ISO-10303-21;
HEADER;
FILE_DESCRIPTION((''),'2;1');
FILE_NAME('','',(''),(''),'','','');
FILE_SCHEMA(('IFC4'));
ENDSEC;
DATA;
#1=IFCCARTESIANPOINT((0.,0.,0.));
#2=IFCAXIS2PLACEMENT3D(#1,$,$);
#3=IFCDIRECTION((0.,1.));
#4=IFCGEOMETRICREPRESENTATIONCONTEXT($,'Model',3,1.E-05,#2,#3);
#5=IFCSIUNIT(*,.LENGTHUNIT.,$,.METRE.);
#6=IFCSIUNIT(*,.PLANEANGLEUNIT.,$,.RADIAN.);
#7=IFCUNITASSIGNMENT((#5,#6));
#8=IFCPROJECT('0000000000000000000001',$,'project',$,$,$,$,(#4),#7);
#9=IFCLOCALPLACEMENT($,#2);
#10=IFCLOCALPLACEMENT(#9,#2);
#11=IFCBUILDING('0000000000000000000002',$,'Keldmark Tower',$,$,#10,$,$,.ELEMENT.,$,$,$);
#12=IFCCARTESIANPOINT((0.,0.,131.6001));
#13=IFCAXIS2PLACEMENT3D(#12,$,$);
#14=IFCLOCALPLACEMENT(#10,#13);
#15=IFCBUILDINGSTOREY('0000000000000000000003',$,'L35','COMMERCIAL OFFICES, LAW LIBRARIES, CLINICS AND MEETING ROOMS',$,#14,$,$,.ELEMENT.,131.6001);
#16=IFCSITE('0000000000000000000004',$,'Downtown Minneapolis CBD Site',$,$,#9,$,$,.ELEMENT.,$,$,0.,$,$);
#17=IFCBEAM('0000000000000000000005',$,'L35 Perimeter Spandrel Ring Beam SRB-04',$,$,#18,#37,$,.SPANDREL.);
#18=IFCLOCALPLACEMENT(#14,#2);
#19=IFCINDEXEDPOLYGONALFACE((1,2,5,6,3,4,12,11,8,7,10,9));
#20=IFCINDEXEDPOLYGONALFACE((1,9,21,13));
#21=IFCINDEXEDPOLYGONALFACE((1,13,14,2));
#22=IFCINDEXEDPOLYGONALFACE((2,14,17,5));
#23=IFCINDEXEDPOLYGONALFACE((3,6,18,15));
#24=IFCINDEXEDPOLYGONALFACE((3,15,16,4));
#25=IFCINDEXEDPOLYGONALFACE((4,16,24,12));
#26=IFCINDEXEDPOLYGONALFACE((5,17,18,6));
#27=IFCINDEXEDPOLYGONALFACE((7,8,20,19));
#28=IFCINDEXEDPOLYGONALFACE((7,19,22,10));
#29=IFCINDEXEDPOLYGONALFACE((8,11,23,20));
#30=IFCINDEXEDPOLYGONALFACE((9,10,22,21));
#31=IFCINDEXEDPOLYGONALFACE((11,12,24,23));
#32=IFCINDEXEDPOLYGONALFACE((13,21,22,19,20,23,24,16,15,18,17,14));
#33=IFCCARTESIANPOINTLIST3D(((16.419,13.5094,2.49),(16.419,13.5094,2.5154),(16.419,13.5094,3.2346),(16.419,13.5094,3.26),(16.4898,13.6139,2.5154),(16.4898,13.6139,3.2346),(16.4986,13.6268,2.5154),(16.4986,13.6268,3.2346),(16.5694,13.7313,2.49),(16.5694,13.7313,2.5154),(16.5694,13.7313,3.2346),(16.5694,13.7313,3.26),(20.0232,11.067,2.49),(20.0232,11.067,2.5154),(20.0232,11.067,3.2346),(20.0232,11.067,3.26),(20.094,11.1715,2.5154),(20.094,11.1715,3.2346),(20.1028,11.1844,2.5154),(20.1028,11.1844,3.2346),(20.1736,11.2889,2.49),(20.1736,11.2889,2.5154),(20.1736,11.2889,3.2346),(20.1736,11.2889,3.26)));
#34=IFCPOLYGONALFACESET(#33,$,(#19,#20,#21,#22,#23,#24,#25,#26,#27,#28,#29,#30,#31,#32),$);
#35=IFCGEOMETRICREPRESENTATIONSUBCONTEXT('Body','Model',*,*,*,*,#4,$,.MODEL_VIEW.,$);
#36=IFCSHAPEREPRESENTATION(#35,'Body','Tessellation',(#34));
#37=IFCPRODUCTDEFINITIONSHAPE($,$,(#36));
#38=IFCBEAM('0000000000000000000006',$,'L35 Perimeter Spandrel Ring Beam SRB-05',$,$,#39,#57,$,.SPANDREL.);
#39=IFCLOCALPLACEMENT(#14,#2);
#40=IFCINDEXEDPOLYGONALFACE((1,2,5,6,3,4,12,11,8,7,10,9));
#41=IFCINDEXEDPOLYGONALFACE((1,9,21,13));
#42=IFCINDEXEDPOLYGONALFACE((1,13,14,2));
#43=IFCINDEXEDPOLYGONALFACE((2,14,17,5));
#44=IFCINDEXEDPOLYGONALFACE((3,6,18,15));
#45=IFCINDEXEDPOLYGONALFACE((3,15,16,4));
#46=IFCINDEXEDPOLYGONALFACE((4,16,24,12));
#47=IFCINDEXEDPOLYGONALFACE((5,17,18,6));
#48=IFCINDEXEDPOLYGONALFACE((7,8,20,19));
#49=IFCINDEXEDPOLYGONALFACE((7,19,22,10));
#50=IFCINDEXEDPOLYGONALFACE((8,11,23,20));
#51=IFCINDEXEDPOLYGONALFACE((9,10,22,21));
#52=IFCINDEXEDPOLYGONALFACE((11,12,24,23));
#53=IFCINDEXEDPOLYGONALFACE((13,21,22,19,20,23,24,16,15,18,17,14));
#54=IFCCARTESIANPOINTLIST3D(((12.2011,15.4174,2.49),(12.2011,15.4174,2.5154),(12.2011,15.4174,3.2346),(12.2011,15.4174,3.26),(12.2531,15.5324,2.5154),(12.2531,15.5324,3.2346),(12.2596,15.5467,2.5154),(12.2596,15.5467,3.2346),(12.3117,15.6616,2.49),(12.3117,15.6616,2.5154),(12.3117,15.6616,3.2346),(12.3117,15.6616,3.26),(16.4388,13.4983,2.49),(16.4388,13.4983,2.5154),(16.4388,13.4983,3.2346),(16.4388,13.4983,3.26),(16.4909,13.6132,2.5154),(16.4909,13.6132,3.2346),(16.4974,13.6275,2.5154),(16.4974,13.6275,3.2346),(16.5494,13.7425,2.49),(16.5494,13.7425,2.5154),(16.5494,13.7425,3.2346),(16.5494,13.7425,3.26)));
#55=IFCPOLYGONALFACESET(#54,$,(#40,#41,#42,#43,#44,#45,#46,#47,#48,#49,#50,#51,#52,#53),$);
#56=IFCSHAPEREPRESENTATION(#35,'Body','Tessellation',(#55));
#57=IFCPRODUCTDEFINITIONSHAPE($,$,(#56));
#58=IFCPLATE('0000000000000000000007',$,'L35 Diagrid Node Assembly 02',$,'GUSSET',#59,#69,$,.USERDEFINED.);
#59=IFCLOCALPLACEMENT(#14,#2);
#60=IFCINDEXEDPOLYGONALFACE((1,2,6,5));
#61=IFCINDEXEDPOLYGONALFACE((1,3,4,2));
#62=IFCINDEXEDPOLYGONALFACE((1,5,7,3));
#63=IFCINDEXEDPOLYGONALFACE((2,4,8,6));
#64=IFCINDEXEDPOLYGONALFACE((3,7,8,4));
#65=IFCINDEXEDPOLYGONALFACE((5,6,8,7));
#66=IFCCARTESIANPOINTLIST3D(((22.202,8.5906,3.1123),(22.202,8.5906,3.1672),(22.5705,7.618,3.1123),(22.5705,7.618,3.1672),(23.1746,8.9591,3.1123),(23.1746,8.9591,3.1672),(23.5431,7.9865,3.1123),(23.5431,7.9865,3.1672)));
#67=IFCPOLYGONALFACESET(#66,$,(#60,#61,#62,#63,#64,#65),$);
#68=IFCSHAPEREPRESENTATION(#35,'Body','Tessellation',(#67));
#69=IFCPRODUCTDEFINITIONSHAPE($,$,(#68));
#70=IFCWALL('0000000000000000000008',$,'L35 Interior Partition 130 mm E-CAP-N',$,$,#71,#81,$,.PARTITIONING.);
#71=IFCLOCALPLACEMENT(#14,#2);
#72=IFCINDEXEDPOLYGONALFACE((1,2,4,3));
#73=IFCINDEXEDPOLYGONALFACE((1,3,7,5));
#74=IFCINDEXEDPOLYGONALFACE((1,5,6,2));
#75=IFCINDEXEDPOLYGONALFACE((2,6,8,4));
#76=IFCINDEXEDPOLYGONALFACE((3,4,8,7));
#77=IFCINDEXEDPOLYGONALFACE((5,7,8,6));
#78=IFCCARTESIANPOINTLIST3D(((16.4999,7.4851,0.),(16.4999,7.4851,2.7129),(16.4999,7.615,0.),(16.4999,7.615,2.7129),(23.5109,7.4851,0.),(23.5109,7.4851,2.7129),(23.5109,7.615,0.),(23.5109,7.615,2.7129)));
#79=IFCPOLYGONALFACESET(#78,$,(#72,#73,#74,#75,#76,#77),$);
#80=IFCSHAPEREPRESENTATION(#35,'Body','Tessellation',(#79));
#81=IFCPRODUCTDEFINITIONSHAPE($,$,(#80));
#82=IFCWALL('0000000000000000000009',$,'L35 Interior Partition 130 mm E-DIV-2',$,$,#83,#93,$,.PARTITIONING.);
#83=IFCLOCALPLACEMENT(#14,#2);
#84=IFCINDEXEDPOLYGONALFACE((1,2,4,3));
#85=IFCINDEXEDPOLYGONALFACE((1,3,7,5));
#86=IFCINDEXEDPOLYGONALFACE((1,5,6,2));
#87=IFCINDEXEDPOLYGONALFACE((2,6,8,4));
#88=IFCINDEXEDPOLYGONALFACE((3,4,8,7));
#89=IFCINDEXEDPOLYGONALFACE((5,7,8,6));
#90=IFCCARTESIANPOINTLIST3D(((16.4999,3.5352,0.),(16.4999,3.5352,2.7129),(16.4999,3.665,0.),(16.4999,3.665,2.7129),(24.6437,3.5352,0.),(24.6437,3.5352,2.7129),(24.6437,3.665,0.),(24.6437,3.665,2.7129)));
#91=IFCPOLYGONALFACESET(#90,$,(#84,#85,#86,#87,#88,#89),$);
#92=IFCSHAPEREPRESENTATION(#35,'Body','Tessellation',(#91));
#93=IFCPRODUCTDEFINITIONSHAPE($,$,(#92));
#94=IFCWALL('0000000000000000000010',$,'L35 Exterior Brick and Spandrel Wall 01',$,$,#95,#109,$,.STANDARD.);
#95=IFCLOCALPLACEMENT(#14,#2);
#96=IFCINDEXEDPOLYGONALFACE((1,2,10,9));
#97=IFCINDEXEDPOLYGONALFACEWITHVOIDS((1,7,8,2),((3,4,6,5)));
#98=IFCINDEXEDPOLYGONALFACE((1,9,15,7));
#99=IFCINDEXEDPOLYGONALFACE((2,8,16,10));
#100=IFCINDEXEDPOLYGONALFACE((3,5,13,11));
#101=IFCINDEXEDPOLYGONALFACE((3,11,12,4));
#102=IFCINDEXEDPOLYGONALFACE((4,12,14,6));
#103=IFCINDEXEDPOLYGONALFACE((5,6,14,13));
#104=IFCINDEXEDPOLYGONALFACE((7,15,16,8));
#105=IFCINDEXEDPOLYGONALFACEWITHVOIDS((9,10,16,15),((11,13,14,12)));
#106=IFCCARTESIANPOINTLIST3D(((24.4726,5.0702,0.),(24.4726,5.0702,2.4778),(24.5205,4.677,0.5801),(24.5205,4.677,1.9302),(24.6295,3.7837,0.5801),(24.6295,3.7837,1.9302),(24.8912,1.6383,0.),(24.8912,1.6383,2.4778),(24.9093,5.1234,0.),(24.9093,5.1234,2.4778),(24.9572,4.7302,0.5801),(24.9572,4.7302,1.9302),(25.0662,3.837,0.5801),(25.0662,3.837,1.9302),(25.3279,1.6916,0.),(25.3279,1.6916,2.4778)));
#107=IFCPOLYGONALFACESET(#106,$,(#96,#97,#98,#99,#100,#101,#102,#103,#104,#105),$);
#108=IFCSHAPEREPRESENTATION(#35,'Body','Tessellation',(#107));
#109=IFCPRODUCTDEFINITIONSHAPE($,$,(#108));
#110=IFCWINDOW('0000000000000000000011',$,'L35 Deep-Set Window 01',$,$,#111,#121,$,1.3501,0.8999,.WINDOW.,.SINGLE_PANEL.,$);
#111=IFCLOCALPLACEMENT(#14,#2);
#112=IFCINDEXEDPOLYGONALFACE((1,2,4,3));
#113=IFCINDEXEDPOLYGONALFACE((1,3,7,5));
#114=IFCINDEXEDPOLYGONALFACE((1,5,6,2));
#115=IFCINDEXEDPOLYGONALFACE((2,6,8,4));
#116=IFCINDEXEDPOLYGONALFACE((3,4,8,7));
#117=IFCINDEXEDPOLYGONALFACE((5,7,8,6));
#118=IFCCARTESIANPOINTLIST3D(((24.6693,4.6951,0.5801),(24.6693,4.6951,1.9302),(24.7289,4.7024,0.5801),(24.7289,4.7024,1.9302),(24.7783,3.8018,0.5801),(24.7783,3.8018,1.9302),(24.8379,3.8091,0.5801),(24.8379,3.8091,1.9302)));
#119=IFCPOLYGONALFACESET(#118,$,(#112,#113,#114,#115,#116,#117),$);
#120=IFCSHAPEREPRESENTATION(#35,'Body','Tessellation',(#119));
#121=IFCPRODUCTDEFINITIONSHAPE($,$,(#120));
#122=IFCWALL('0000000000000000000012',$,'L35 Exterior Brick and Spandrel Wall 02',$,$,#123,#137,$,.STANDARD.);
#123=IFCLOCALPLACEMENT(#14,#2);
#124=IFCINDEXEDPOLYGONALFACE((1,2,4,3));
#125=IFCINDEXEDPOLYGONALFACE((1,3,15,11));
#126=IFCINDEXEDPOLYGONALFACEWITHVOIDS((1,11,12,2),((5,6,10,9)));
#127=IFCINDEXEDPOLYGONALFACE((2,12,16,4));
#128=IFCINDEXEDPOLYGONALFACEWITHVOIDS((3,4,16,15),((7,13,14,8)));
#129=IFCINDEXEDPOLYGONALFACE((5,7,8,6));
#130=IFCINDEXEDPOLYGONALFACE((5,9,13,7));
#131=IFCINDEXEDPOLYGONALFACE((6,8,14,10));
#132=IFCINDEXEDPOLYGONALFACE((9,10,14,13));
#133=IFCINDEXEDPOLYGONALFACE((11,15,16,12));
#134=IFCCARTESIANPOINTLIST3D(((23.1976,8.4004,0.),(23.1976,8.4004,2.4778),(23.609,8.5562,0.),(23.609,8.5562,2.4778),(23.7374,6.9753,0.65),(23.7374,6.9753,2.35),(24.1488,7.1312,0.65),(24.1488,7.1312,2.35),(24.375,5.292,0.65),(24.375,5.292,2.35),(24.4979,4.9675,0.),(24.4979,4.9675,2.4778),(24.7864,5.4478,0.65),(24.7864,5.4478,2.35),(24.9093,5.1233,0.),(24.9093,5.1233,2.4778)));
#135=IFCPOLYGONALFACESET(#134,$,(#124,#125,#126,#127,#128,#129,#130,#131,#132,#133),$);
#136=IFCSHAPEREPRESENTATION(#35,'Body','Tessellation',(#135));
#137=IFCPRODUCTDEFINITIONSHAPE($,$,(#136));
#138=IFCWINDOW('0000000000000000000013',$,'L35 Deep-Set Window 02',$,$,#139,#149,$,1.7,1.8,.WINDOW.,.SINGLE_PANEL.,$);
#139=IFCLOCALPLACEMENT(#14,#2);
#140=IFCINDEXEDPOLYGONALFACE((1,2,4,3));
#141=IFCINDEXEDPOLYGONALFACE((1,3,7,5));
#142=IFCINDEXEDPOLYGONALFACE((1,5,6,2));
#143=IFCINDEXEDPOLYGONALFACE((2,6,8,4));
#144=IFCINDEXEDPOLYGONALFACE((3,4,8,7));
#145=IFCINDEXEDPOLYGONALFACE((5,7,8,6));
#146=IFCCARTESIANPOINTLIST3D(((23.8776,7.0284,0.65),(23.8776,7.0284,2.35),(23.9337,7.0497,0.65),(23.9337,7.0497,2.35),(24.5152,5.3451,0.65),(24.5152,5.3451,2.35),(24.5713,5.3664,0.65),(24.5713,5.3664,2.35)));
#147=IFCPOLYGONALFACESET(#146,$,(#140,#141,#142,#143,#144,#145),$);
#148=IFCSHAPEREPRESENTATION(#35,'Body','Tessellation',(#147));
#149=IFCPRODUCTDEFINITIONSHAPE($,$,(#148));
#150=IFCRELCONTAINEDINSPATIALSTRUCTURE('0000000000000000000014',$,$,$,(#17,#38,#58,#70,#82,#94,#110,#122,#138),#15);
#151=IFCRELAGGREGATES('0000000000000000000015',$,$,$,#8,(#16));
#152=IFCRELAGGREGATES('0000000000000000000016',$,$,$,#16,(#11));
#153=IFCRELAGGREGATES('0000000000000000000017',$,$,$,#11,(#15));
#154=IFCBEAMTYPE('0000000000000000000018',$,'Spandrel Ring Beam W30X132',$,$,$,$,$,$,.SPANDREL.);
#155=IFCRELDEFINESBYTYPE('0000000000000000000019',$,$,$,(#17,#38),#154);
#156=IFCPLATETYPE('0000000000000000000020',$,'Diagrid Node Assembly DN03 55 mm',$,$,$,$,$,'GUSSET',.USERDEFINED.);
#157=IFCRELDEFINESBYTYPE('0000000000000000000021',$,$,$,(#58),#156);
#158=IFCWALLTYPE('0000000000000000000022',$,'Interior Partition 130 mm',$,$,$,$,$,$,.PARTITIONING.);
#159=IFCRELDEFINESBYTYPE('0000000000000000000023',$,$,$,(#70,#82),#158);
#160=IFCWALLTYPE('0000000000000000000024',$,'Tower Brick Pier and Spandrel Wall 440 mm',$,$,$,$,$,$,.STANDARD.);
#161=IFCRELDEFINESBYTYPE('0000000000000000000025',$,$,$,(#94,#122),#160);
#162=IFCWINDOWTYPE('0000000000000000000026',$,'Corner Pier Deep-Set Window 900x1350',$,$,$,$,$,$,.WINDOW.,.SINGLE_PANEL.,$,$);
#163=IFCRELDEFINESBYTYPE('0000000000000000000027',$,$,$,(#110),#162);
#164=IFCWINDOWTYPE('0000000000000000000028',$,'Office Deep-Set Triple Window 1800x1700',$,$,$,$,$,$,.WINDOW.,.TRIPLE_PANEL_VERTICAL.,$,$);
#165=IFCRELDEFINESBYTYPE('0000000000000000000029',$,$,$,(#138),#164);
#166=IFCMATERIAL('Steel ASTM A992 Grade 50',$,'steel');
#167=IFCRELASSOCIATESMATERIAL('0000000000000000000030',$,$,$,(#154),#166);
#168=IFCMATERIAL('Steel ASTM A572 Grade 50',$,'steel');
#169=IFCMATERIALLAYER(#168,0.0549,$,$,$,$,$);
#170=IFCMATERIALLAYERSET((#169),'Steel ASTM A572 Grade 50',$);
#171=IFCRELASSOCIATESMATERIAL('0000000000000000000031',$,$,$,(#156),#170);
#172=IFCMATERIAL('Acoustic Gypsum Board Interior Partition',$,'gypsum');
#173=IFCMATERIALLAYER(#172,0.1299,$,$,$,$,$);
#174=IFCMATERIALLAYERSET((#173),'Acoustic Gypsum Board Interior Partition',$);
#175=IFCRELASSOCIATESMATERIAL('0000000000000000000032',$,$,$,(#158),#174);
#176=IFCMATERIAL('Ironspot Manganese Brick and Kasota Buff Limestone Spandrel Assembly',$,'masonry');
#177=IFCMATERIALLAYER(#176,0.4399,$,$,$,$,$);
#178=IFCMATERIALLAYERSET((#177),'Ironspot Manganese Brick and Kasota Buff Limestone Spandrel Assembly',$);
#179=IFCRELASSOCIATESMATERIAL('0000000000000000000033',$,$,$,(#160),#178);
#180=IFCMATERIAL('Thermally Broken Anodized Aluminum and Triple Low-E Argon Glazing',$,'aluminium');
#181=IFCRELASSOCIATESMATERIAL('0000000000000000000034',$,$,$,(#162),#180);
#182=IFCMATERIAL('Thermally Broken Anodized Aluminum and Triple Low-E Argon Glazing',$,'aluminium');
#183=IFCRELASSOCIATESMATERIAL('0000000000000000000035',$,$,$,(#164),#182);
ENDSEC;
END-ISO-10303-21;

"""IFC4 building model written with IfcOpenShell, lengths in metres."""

from ifc_helpers import new_model, si_unit, direction, frame, frame_2d, origin, origin_2d, place, context, subcontext, project, spatial, rectangle, i_section, extrude, material, layer, layer_set, material_profile, profile_set, type_object, element, fill, save


model = new_model("IFC4")

# Units and contexts
model_context = context("Model", 3, precision=1e-05, world=origin(), true_north=direction((0.0, 1.0)))
body_context = subcontext(model_context, "Body", "Model", "MODEL_VIEW")
ifc_project = project(units=[si_unit("LENGTHUNIT", "METRE"), si_unit("PLANEANGLEUNIT", "RADIAN")], contexts=[model_context])

# Site, building, storey
site_placement = place(None, origin())
site = spatial("IfcSite", under=ifc_project, at=site_placement, Name="Downtown Minneapolis CBD Site", CompositionType="ELEMENT", RefElevation=0.0)
building_placement = place(site_placement, origin())
building = spatial("IfcBuilding", under=site, at=building_placement, Name="Keldmark Tower", CompositionType="ELEMENT")
storey_placement = place(building_placement, frame((0.0, 0.0, 131.6001)))
storey = spatial("IfcBuildingStorey", under=building, at=storey_placement, Name="L35", Description="COMMERCIAL OFFICES, LAW LIBRARIES, CLINICS AND MEETING ROOMS", CompositionType="ELEMENT", Elevation=131.6001)

# Beams
ifc_material_1 = material(Name="Steel ASTM A992 Grade 50", Category="steel")
ifc_material_profile_1 = material_profile(ifc_material_1, i_section(OverallWidth=0.2681, OverallDepth=0.77, WebThickness=0.0156, FlangeThickness=0.0254, at=origin_2d()), Name="W30X132")
ifc_profile_set_1 = profile_set([ifc_material_profile_1], Name="Steel ASTM A992 Grade 50")
beam_type_1 = type_object("IfcBeamType", Name="Spandrel Ring Beam W30X132", PredefinedType="SPANDREL", material=ifc_profile_set_1)
beam_1_placement = place(storey_placement, frame((20.0984, 11.178, 2.875), z_axis=(-0.827834, 0.560973, 0.0), x_axis=(-0.560973, -0.827834, 0.0)))
element("IfcBeam", 1, at=beam_1_placement, inside=storey, type_object=beam_type_1, Name="L35 Perimeter Spandrel Ring Beam SRB-04", PredefinedType="SPANDREL", context=body_context, shape_type="SweptSolid", body=[
    extrude(i_section(OverallWidth=0.2681, OverallDepth=0.77, WebThickness=0.0156, FlangeThickness=0.0254, at=origin_2d()), origin(), (0.0, 0.0, 1.0), 4.3538),
])
beam_2_placement = place(storey_placement, frame((16.4941, 13.6204, 2.875), z_axis=(-0.910939, 0.412541, 0.0), x_axis=(-0.412541, -0.910939, 0.0)))
element("IfcBeam", 2, at=beam_2_placement, inside=storey, type_object=beam_type_1, Name="L35 Perimeter Spandrel Ring Beam SRB-05", PredefinedType="SPANDREL", context=body_context, shape_type="SweptSolid", body=[
    extrude(i_section(OverallWidth=0.2681, OverallDepth=0.77, WebThickness=0.0156, FlangeThickness=0.0254, at=origin_2d()), origin(), (0.0, 0.0, 1.0), 4.6521),
])

# Plate
ifc_material_2 = material(Name="Steel ASTM A572 Grade 50", Category="steel")
ifc_layer_1 = layer(ifc_material_2, 0.0549)
ifc_layer_set_1 = layer_set([ifc_layer_1], Name="Steel ASTM A572 Grade 50")
plate_type = type_object("IfcPlateType", Name="Diagrid Node Assembly DN03 55 mm", ElementType="GUSSET", PredefinedType="USERDEFINED", material=ifc_layer_set_1)
plate_placement = place(storey_placement, frame((22.8726, 8.2886, 3.1123), z_axis=(0.0, 0.0, 1.0), x_axis=(-0.354291, 0.935135, 0.0)))
element("IfcPlate", 3, at=plate_placement, inside=storey, type_object=plate_type, Name="L35 Diagrid Node Assembly 02", ObjectType="GUSSET", PredefinedType="USERDEFINED", context=body_context, shape_type="SweptSolid", body=[
    extrude(rectangle(XDim=1.04, YDim=1.04, at=origin_2d()), origin(), (0.0, 0.0, 1.0), 0.0549),
])

# Walls
ifc_material_3 = material(Name="Acoustic Gypsum Board Interior Partition", Category="gypsum")
ifc_layer_2 = layer(ifc_material_3, 0.1299)
ifc_layer_set_2 = layer_set([ifc_layer_2], Name="Acoustic Gypsum Board Interior Partition")
wall_type_1 = type_object("IfcWallType", Name="Interior Partition 130 mm", PredefinedType="PARTITIONING", material=ifc_layer_set_2)
wall_1_placement = place(storey_placement, frame((16.5, 7.55, 0.0), z_axis=(0.0, 0.0, 1.0), x_axis=(1.0, 0.0, 0.0)))
element("IfcWall", 4, at=wall_1_placement, inside=storey, type_object=wall_type_1, Name="L35 Interior Partition 130 mm E-CAP-N", PredefinedType="PARTITIONING", context=body_context, shape_type="SweptSolid", body=[
    extrude(rectangle(XDim=7.011, YDim=0.1299, at=frame_2d((3.5054, 0.0))), origin(), (0.0, 0.0, 1.0), 2.7129),
])
wall_2_placement = place(storey_placement, frame((16.5, 3.6001, 0.0), z_axis=(0.0, 0.0, 1.0), x_axis=(1.0, 0.0, 0.0)))
element("IfcWall", 5, at=wall_2_placement, inside=storey, type_object=wall_type_1, Name="L35 Interior Partition 130 mm E-DIV-2", PredefinedType="PARTITIONING", context=body_context, shape_type="SweptSolid", body=[
    extrude(rectangle(XDim=8.1438, YDim=0.1299, at=frame_2d((4.0718, 0.0))), origin(), (0.0, 0.0, 1.0), 2.7129),
])

# Walls, openings, windows
ifc_material_4 = material(Name="Ironspot Manganese Brick and Kasota Buff Limestone Spandrel Assembly", Category="masonry")
ifc_layer_3 = layer(ifc_material_4, 0.4399)
ifc_layer_set_3 = layer_set([ifc_layer_3], Name="Ironspot Manganese Brick and Kasota Buff Limestone Spandrel Assembly")
wall_type_2 = type_object("IfcWallType", Name="Tower Brick Pier and Spandrel Wall 440 mm", PredefinedType="STANDARD", material=ifc_layer_set_3)
wall_3_placement = place(storey_placement, frame((24.6909, 5.0967, 0.0), z_axis=(0.0, 0.0, 1.0), x_axis=(0.121105, -0.99264, 0.0)))
wall_3 = element("IfcWall", 6, at=wall_3_placement, inside=storey, type_object=wall_type_2, Name="L35 Exterior Brick and Spandrel Wall 01", PredefinedType="STANDARD", context=body_context, shape_type="SweptSolid", body=[
    extrude(rectangle(XDim=3.4573, YDim=0.4399, at=frame_2d((1.7285, 0.0))), origin(), (0.0, 0.0, 1.0), 2.4778),
])
opening_1_placement = place(wall_3_placement, frame((0.396, 0.0, 0.5801)))
opening_1 = element("IfcOpeningElement", 7, at=opening_1_placement, cuts=wall_3, PredefinedType="OPENING", context=body_context, shape_type="SweptSolid", body=[
    extrude(rectangle(XDim=0.8999, YDim=1.3501, at=frame_2d((0.45, 0.675))), frame((0.0, 0.23, 0.0), z_axis=(0.0, -1.0, 0.0), x_axis=(1.0, 0.0, 0.0)), (0.0, 0.0, 1.0), 0.46),
])
ifc_material_5 = material(Name="Thermally Broken Anodized Aluminum and Triple Low-E Argon Glazing", Category="aluminium")
window_type_1 = type_object("IfcWindowType", Name="Corner Pier Deep-Set Window 900x1350", PartitioningType="SINGLE_PANEL", PredefinedType="WINDOW", material=ifc_material_5)
window_1_placement = place(opening_1_placement, origin())
window_1 = element("IfcWindow", 8, at=window_1_placement, inside=storey, type_object=window_type_1, Name="L35 Deep-Set Window 01", OverallHeight=1.3501, OverallWidth=0.8999, PartitioningType="SINGLE_PANEL", PredefinedType="WINDOW", context=body_context, shape_type="SweptSolid", body=[
    extrude(rectangle(XDim=0.8999, YDim=1.3501, at=frame_2d((0.45, 0.675))), frame((0.0, -0.01, 0.0), z_axis=(0.0, -1.0, 0.0), x_axis=(1.0, 0.0, 0.0)), (0.0, 0.0, 1.0), 0.0601),
])
fill(opening_1, window_1)
wall_4_placement = place(storey_placement, frame((23.4033, 8.4783, 0.0), z_axis=(0.0, 0.0, 1.0), x_axis=(0.354219, -0.935162, 0.0)))
wall_4 = element("IfcWall", 9, at=wall_4_placement, inside=storey, type_object=wall_type_2, Name="L35 Exterior Brick and Spandrel Wall 02", PredefinedType="STANDARD", context=body_context, shape_type="SweptSolid", body=[
    extrude(rectangle(XDim=3.6709, YDim=0.4399, at=frame_2d((1.8354, 0.0))), origin(), (0.0, 0.0, 1.0), 2.4778),
])
opening_2_placement = place(wall_4_placement, frame((1.5239, 0.0, 0.6499)))
opening_2 = element("IfcOpeningElement", 10, at=opening_2_placement, cuts=wall_4, PredefinedType="OPENING", context=body_context, shape_type="SweptSolid", body=[
    extrude(rectangle(XDim=1.8, YDim=1.7, at=frame_2d((0.8999, 0.8501))), frame((0.0, 0.23, 0.0), z_axis=(0.0, -1.0, 0.0), x_axis=(1.0, 0.0, 0.0)), (0.0, 0.0, 1.0), 0.46),
])
ifc_material_6 = material(Name="Thermally Broken Anodized Aluminum and Triple Low-E Argon Glazing", Category="aluminium")
window_type_2 = type_object("IfcWindowType", Name="Office Deep-Set Triple Window 1800x1700", PartitioningType="TRIPLE_PANEL_VERTICAL", PredefinedType="WINDOW", material=ifc_material_6)
window_2_placement = place(opening_2_placement, origin())
window_2 = element("IfcWindow", 11, at=window_2_placement, inside=storey, type_object=window_type_2, Name="L35 Deep-Set Window 02", OverallHeight=1.7, OverallWidth=1.8, PartitioningType="SINGLE_PANEL", PredefinedType="WINDOW", context=body_context, shape_type="SweptSolid", body=[
    extrude(rectangle(XDim=1.8, YDim=1.7, at=frame_2d((0.8999, 0.8501))), frame((0.0, -0.01, 0.0), z_axis=(0.0, -1.0, 0.0), x_axis=(1.0, 0.0, 0.0)), (0.0, 0.0, 1.0), 0.0601),
])
fill(opening_2, window_2)

save(model, "model.ifc")
